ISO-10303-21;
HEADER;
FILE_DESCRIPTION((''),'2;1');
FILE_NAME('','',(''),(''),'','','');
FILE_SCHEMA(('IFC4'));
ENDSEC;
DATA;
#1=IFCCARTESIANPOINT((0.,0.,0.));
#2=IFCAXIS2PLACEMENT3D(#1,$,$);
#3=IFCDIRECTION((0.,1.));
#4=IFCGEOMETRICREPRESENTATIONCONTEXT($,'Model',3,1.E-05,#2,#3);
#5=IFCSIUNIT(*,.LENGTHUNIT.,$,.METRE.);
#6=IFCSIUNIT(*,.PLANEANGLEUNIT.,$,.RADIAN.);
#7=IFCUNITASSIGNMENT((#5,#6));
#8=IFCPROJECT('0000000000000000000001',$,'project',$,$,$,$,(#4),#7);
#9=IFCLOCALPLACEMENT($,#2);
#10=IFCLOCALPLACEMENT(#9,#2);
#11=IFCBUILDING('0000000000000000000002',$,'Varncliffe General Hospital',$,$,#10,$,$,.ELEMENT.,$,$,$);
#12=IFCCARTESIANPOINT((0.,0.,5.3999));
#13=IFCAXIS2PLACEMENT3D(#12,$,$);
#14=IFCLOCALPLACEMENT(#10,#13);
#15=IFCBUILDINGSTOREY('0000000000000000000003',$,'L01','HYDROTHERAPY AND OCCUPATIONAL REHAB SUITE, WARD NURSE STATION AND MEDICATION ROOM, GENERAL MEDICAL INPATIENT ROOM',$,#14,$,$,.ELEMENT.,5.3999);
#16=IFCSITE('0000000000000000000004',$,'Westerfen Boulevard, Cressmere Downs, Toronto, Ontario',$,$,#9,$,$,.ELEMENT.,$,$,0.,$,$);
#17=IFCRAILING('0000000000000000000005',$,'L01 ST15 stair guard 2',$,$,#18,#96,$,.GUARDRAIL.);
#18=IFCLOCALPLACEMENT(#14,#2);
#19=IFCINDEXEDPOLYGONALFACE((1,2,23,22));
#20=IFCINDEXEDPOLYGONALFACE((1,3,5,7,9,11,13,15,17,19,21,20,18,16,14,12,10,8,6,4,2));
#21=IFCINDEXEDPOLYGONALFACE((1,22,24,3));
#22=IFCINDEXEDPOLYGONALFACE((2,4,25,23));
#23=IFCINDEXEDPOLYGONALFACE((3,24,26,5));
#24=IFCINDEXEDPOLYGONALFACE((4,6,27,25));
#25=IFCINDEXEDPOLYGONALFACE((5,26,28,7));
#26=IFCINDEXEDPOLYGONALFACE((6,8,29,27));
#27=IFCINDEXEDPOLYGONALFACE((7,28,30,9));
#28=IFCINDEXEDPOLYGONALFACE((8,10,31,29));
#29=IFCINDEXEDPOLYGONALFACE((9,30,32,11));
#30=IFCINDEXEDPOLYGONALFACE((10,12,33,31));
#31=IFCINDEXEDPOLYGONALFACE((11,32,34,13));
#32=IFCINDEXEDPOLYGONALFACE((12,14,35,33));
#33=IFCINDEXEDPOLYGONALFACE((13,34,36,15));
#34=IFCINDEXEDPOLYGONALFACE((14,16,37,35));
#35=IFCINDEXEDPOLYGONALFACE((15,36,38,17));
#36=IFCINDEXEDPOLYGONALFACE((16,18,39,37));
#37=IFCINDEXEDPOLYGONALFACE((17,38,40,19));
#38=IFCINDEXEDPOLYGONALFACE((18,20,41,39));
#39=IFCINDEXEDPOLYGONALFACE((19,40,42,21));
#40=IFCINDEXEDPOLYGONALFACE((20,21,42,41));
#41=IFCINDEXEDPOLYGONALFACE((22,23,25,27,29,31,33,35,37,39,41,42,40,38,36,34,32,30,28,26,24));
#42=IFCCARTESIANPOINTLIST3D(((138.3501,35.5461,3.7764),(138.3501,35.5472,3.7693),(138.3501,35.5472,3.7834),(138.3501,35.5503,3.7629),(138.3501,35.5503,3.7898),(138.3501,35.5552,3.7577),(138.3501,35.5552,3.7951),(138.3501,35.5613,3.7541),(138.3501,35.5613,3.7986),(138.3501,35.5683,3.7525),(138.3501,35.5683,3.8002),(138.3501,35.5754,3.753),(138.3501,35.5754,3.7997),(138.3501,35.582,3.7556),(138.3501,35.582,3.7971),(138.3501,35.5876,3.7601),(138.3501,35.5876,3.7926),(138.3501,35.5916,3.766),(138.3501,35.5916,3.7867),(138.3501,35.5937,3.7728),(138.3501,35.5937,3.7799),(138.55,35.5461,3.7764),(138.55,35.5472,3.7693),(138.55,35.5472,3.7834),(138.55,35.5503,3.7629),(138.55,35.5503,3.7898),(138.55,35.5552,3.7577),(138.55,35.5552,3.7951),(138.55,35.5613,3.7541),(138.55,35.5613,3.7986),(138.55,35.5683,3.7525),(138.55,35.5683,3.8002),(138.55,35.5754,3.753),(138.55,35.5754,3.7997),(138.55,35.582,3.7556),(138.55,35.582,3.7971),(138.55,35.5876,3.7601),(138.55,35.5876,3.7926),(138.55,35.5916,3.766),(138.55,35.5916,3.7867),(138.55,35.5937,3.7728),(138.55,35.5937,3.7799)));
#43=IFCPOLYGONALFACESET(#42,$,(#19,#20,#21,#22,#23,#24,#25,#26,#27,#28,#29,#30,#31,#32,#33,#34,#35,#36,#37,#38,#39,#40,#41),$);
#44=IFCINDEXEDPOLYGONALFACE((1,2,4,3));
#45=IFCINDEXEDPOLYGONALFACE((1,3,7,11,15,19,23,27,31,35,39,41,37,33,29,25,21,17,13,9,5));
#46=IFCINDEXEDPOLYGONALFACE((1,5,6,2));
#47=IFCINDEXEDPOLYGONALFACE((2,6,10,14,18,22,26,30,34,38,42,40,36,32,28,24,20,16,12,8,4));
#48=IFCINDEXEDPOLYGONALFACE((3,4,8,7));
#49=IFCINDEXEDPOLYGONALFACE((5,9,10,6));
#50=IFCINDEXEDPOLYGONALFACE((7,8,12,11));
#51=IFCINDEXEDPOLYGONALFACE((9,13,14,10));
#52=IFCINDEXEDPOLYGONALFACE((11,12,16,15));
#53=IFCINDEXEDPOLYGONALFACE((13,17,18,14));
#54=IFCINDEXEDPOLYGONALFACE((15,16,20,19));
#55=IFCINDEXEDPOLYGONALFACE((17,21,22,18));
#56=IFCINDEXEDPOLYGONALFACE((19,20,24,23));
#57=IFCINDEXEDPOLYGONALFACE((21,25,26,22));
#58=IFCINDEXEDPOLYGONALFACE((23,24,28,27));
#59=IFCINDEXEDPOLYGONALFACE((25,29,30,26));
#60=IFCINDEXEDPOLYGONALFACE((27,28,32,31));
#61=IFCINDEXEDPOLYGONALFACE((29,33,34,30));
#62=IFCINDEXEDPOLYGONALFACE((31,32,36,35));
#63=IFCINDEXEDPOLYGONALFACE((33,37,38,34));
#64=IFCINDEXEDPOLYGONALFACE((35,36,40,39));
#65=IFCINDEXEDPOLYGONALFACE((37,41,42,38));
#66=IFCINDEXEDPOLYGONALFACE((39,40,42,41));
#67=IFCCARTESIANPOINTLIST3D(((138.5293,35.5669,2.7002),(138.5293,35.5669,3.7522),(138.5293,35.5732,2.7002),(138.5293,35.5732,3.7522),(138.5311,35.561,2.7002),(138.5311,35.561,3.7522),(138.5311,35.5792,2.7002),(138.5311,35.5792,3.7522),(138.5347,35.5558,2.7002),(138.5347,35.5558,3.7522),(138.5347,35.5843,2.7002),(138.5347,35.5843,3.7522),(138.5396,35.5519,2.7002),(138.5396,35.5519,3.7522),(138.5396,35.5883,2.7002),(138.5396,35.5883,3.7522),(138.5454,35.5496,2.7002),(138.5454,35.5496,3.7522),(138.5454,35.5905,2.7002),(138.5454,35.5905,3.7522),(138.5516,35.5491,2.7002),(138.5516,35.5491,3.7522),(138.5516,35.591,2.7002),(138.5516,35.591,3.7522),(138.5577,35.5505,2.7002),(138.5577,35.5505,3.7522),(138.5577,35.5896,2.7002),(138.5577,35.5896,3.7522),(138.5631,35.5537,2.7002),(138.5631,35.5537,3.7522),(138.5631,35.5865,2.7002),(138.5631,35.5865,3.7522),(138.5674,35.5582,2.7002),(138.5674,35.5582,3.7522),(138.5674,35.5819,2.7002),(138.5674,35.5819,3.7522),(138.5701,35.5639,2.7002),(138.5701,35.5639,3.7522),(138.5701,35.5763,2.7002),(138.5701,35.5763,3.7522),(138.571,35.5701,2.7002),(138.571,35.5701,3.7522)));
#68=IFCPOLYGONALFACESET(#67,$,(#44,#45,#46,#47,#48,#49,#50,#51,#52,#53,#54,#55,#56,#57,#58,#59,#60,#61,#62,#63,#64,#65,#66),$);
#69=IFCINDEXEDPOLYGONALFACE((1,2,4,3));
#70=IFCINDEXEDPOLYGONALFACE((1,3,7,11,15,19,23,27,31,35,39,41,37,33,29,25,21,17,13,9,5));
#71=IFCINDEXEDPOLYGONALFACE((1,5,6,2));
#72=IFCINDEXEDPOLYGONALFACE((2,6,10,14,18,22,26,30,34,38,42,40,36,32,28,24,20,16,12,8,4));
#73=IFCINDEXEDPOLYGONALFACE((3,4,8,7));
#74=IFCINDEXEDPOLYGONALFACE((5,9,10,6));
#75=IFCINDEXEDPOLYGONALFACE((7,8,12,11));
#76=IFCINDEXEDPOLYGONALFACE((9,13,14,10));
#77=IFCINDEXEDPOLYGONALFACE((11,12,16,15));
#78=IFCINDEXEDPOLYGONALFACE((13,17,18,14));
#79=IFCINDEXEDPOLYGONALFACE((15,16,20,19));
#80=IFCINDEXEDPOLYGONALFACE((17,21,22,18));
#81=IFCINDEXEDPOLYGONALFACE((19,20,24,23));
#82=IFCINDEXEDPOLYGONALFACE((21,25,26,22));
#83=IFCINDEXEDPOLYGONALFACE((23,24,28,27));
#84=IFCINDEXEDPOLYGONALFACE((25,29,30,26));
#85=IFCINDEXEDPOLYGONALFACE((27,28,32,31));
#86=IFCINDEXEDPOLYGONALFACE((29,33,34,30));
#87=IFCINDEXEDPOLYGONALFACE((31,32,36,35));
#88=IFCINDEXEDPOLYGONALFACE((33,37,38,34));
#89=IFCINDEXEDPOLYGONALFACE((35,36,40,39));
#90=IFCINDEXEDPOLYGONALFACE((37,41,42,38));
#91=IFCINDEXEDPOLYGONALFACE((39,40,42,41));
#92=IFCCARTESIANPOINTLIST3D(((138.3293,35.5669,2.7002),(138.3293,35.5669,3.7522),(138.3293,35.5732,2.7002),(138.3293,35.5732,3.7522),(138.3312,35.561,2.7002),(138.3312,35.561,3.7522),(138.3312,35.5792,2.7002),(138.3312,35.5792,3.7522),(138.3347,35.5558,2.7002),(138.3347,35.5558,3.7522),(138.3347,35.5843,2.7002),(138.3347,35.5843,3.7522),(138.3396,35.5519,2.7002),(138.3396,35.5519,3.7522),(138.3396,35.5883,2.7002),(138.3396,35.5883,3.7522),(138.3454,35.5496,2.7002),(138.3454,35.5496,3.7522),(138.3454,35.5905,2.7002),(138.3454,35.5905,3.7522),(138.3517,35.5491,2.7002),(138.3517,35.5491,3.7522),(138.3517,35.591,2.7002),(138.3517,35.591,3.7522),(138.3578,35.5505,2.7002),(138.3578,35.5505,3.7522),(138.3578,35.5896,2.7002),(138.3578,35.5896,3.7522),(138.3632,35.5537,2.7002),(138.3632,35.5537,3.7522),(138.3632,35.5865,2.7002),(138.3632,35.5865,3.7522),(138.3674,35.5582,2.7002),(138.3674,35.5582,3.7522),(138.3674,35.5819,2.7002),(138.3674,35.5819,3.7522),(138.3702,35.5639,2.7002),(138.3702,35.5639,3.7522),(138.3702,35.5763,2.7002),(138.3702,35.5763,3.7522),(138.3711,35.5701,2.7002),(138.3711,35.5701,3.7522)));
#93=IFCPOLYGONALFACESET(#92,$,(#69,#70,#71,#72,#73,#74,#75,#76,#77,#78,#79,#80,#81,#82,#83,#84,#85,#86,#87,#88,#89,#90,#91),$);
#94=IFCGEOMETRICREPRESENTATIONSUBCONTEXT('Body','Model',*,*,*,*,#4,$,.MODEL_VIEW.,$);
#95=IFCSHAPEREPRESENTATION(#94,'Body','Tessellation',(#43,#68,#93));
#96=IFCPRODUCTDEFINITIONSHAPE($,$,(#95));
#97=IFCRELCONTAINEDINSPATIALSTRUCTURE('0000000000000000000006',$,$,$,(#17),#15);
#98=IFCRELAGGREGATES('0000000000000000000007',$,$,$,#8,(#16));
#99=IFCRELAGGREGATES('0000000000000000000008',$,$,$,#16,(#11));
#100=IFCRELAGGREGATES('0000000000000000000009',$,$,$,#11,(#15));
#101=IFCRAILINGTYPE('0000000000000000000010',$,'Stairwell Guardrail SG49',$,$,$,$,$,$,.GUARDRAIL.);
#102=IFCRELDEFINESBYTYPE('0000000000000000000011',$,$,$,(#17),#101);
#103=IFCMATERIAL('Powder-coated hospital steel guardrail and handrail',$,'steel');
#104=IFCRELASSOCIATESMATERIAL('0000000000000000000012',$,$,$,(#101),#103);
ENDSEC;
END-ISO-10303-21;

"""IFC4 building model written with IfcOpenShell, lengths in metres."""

from ifc_helpers import new_model, si_unit, direction, frame, origin, origin_2d, place, context, subcontext, project, spatial, circle, extrude, material, type_object, element, save


model = new_model("IFC4")

# Units and contexts
model_context = context("Model", 3, precision=1e-05, world=origin(), true_north=direction((0.0, 1.0)))
body_context = subcontext(model_context, "Body", "Model", "MODEL_VIEW")
ifc_project = project(units=[si_unit("LENGTHUNIT", "METRE"), si_unit("PLANEANGLEUNIT", "RADIAN")], contexts=[model_context])

# Site, building, storey
site_placement = place(None, origin())
site = spatial("IfcSite", under=ifc_project, at=site_placement, Name="Westerfen Boulevard, Cressmere Downs, Toronto, Ontario", CompositionType="ELEMENT", RefElevation=0.0)
building_placement = place(site_placement, origin())
building = spatial("IfcBuilding", under=site, at=building_placement, Name="Varncliffe General Hospital", CompositionType="ELEMENT")
storey_placement = place(building_placement, frame((0.0, 0.0, 5.3999)))
storey = spatial("IfcBuildingStorey", under=building, at=storey_placement, Name="L01", Description="HYDROTHERAPY AND OCCUPATIONAL REHAB SUITE, WARD NURSE STATION AND MEDICATION ROOM, GENERAL MEDICAL INPATIENT ROOM", CompositionType="ELEMENT", Elevation=5.3999)

# Railing
ifc_material_1 = material(Name="Powder-coated hospital steel guardrail and handrail", Category="steel")
railing_type_1 = type_object("IfcRailingType", Name="Stairwell Guardrail SG49", PredefinedType="GUARDRAIL", material=ifc_material_1)
railing_1_placement = place(storey_placement, frame((138.55, 35.5701, 2.7002)))
element("IfcRailing", 1, at=railing_1_placement, inside=storey, type_object=railing_type_1, Name="L01 ST15 stair guard 2", PredefinedType="GUARDRAIL", context=body_context, shape_type="SweptSolid", body=[
    extrude(circle(Radius=0.0239, at=origin_2d()), frame((0.0, 0.0, 1.0762), z_axis=(-1.0, 0.0, 0.0), x_axis=(0.0, -1.0, 0.0)), (0.0, 0.0, 1.0), 0.2),
    extrude(circle(Radius=0.021, at=origin_2d()), origin(), (0.0, 0.0, 1.0), 1.052),
    extrude(circle(Radius=0.021, at=origin_2d()), frame((-0.2, 0.0, 0.0)), (0.0, 0.0, 1.0), 1.052),
])

save(model, "model.ifc")
